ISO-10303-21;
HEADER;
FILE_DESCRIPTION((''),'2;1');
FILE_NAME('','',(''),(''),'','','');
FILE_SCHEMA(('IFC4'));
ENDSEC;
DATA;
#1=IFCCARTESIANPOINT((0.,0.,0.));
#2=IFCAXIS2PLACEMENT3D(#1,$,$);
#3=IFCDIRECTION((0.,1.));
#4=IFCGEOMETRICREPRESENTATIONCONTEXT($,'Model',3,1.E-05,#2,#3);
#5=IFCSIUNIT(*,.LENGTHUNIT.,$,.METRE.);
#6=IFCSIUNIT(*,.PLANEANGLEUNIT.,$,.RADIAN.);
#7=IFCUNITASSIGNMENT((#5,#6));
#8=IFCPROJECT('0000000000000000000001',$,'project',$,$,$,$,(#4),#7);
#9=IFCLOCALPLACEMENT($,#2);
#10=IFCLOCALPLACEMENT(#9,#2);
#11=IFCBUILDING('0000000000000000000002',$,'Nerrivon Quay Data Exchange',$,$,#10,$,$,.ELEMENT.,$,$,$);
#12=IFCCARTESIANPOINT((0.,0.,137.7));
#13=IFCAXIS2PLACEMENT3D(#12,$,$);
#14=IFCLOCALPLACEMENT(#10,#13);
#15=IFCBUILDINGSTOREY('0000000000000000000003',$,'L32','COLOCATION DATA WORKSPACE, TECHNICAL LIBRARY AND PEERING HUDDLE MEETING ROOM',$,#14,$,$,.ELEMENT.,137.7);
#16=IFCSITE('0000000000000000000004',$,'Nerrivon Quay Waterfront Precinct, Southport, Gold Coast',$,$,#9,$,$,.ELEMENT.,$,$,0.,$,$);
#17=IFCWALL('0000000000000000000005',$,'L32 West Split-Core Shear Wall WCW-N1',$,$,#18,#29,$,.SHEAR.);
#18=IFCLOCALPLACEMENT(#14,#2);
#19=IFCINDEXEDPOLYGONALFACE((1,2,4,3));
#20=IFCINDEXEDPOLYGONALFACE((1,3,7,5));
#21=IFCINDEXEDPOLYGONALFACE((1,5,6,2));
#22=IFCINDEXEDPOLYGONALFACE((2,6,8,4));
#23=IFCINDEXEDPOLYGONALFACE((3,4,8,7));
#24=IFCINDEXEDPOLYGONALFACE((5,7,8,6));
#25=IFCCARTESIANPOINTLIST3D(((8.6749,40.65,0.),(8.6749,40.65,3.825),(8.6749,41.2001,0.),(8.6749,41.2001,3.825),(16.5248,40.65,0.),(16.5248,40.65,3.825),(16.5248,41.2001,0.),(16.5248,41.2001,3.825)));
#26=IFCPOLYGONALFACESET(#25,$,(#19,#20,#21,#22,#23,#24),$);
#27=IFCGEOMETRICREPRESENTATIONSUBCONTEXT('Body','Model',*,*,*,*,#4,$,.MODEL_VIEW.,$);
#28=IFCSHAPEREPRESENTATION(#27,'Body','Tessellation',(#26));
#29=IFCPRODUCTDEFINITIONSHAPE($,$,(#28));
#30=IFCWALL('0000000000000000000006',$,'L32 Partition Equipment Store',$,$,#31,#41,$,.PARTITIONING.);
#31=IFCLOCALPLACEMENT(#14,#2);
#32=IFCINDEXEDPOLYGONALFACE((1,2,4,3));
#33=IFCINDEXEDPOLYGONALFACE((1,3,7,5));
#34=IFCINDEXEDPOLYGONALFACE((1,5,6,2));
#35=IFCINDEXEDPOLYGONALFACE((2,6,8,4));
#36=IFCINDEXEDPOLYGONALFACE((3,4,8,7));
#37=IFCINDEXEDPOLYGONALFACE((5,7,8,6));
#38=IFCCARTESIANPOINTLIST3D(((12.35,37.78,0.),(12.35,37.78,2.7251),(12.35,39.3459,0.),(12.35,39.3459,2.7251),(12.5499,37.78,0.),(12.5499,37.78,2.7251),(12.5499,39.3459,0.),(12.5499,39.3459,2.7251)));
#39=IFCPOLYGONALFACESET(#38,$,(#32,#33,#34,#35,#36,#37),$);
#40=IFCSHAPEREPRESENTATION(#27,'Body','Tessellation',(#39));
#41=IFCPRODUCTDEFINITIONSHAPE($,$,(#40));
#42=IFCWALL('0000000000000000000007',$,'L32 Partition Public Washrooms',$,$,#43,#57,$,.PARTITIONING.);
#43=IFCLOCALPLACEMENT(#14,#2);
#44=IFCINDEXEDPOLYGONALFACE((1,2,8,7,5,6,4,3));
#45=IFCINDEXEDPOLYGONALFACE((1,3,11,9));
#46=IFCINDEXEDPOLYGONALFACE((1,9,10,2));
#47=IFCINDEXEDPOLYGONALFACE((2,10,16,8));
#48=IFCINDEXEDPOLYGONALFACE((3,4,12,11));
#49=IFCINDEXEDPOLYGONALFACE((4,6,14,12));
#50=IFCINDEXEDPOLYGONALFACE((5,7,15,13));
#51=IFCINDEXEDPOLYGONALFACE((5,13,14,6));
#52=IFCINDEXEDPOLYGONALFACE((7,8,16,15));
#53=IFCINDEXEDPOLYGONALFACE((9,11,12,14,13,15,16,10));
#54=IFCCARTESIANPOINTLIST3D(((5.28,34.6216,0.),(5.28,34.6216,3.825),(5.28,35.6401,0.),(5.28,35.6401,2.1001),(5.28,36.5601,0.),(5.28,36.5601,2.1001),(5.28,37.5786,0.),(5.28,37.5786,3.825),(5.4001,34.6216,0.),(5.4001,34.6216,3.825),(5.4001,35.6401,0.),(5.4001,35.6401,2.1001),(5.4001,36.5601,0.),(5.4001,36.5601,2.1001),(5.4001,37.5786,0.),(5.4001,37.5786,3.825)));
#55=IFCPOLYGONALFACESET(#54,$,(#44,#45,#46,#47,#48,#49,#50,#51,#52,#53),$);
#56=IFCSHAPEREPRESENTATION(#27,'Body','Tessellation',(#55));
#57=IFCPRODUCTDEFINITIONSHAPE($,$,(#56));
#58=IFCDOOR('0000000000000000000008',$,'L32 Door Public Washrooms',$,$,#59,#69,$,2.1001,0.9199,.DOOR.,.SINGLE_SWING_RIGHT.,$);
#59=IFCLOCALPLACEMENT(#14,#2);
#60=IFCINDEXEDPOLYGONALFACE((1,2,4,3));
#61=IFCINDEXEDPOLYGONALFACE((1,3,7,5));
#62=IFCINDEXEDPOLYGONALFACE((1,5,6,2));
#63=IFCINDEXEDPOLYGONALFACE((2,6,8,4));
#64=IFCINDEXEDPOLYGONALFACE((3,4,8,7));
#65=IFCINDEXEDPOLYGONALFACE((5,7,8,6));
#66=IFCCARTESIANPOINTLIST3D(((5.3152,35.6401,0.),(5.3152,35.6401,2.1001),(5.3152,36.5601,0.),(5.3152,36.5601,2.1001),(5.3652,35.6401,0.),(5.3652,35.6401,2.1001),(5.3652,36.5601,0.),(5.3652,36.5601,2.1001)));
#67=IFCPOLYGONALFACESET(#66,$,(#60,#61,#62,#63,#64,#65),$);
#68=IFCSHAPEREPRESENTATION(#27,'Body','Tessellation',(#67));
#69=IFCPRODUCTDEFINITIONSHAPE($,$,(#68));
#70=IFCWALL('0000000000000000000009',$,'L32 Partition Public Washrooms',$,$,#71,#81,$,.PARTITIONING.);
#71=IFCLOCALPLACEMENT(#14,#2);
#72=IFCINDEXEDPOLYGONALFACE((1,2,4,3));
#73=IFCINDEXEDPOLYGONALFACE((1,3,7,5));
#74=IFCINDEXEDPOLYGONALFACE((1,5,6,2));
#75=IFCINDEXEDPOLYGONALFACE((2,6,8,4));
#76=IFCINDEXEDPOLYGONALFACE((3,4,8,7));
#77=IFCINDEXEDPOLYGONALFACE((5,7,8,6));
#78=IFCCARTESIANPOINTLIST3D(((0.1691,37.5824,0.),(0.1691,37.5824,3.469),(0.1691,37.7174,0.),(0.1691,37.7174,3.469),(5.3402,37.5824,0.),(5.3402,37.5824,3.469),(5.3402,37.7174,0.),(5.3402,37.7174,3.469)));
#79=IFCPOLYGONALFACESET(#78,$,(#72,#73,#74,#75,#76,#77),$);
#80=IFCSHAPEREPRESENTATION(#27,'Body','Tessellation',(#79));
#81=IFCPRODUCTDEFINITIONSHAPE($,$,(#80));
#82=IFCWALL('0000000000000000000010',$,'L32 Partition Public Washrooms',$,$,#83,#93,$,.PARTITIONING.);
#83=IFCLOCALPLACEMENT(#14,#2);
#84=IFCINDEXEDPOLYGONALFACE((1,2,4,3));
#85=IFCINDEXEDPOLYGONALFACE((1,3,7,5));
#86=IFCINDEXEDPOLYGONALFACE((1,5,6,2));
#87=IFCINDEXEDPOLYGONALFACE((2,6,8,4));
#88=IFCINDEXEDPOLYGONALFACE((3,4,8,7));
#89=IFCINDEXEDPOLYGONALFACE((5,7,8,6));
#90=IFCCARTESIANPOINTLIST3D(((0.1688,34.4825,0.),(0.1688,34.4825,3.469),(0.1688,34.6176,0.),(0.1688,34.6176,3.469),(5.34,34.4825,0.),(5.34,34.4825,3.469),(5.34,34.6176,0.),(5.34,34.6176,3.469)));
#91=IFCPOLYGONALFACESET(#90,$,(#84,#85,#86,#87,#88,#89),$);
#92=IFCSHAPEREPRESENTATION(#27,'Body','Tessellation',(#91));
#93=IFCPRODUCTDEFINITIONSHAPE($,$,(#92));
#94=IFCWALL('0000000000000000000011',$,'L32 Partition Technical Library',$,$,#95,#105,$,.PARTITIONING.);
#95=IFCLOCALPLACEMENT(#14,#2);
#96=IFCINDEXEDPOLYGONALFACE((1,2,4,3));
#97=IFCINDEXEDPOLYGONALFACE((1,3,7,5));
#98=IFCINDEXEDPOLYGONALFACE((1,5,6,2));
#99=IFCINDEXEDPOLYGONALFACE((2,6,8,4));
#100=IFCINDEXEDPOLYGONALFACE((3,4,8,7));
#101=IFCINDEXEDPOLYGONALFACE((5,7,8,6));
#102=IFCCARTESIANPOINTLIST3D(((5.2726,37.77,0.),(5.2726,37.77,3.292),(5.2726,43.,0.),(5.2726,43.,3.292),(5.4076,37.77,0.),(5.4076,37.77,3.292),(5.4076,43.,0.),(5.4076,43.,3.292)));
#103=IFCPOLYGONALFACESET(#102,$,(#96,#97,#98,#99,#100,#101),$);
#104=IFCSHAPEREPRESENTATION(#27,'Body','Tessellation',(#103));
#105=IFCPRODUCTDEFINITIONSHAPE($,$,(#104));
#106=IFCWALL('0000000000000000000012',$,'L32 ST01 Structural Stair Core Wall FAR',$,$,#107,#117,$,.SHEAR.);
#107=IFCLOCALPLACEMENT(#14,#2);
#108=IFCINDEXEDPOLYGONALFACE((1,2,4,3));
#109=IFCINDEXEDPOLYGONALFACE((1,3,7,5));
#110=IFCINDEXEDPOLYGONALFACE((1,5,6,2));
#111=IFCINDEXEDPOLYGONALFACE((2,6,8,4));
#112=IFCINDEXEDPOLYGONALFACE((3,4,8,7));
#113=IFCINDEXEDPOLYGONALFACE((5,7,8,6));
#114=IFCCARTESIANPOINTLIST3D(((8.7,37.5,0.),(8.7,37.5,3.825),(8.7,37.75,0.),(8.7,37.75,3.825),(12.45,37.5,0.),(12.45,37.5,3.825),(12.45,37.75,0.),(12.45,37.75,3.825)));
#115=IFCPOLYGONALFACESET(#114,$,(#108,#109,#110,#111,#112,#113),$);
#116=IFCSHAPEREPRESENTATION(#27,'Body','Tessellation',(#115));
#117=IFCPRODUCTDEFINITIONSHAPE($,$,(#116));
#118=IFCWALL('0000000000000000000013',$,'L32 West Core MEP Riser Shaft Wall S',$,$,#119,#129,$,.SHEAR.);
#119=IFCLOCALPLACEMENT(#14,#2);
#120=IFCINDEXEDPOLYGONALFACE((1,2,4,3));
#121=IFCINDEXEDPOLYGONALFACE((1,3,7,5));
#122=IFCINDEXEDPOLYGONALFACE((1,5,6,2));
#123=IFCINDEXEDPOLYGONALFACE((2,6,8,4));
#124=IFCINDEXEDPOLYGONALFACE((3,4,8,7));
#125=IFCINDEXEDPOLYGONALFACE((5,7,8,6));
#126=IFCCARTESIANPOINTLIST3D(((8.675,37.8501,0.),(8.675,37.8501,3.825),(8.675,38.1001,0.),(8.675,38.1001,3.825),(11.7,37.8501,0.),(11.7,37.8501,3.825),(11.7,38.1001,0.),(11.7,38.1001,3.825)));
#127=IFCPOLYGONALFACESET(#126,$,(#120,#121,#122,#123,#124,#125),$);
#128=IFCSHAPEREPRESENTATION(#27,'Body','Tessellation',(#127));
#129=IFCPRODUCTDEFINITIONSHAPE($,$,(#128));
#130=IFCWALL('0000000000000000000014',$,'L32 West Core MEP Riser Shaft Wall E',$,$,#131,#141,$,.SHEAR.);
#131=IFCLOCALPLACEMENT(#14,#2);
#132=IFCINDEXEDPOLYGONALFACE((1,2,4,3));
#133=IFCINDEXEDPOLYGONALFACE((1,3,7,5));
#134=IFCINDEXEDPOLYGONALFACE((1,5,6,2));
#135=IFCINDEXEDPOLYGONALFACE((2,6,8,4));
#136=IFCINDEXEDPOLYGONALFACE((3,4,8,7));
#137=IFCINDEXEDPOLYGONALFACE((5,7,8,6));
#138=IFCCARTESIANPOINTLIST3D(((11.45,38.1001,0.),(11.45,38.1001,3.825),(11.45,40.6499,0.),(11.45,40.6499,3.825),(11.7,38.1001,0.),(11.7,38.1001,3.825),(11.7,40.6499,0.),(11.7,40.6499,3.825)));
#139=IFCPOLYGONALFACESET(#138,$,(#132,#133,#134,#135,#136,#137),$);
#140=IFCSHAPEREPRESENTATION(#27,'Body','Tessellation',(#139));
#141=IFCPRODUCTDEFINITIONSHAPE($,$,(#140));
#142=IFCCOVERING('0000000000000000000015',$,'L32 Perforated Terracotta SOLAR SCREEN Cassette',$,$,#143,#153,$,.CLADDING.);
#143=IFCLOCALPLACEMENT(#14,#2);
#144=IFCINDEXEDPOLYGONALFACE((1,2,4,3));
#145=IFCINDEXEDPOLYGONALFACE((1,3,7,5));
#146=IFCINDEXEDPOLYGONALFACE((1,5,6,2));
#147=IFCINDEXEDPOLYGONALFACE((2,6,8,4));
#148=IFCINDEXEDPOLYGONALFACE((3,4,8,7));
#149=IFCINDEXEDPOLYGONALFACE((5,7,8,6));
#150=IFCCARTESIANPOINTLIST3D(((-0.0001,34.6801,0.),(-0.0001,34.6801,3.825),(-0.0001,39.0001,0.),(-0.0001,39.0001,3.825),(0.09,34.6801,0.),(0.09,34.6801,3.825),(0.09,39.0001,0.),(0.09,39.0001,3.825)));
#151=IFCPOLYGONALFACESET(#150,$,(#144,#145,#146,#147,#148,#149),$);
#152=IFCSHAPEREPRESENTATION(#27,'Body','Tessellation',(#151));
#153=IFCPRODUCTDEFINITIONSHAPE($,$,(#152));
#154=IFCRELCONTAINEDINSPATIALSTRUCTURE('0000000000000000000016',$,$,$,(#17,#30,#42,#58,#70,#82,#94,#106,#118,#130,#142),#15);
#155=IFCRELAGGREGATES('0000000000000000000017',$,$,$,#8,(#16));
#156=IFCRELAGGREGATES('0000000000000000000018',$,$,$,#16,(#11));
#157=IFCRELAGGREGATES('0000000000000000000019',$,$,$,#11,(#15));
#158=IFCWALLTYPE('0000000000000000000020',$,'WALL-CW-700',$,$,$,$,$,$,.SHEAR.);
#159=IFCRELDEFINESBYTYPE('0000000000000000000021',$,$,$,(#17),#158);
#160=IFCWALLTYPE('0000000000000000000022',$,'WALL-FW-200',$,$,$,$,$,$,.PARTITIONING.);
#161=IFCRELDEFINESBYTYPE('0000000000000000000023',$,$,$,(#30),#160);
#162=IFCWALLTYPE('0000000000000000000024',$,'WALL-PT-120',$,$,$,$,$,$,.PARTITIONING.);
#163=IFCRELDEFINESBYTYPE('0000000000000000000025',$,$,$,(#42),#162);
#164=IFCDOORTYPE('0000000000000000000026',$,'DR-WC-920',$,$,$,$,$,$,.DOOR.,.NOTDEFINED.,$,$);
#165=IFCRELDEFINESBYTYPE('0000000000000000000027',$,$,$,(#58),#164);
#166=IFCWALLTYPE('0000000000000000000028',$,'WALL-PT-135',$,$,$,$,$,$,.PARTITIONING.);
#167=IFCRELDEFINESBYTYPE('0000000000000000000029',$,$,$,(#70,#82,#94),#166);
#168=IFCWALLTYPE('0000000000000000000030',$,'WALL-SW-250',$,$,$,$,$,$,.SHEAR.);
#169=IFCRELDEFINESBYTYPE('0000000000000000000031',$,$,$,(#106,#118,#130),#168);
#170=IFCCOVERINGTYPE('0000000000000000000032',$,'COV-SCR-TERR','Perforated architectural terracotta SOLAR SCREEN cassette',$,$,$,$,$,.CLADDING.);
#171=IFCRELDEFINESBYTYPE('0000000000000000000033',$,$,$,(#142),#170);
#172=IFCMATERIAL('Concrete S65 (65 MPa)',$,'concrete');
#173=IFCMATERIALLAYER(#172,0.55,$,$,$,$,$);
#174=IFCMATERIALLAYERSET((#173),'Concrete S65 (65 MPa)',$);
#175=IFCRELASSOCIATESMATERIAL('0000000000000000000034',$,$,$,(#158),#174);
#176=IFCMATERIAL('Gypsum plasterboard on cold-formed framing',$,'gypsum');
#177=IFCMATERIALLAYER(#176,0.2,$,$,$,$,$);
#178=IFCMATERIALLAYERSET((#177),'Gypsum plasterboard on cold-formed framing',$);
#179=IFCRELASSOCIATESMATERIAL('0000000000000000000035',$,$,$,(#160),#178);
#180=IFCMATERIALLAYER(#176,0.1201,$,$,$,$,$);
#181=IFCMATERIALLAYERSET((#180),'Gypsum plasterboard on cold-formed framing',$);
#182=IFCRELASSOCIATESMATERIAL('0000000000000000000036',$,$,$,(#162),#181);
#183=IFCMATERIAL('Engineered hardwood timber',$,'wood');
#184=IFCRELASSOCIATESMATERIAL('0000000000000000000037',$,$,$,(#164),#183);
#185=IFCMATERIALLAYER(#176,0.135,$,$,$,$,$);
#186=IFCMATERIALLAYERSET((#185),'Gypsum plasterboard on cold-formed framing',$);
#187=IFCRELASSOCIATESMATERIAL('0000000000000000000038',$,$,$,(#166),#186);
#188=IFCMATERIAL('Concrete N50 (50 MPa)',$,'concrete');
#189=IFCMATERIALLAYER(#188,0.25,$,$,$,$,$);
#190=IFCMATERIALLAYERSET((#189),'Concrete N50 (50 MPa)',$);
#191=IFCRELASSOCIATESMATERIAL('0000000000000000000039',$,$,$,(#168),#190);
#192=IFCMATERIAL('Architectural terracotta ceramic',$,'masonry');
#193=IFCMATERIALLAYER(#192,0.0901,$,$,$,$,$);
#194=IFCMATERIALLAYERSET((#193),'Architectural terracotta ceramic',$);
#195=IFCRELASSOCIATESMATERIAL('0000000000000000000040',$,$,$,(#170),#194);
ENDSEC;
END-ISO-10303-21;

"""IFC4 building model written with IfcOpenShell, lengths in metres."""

from ifc_helpers import new_model, si_unit, direction, frame, frame_2d, origin, origin_2d, place, context, subcontext, project, spatial, rectangle, extrude, material, layer, layer_set, type_object, element, fill, save


model = new_model("IFC4")

# Units and contexts
model_context = context("Model", 3, precision=1e-05, world=origin(), true_north=direction((0.0, 1.0)))
body_context = subcontext(model_context, "Body", "Model", "MODEL_VIEW")
ifc_project = project(units=[si_unit("LENGTHUNIT", "METRE"), si_unit("PLANEANGLEUNIT", "RADIAN")], contexts=[model_context])

# Site, building, storey
site_placement = place(None, origin())
site = spatial("IfcSite", under=ifc_project, at=site_placement, Name="Nerrivon Quay Waterfront Precinct, Southport, Gold Coast", CompositionType="ELEMENT", RefElevation=0.0)
building_placement = place(site_placement, origin())
building = spatial("IfcBuilding", under=site, at=building_placement, Name="Nerrivon Quay Data Exchange", CompositionType="ELEMENT")
storey_placement = place(building_placement, frame((0.0, 0.0, 137.7)))
storey = spatial("IfcBuildingStorey", under=building, at=storey_placement, Name="L32", Description="COLOCATION DATA WORKSPACE, TECHNICAL LIBRARY AND PEERING HUDDLE MEETING ROOM", CompositionType="ELEMENT", Elevation=137.7)

# Shared definitions
ifc_material_1 = material(Name="Concrete S65 (65 MPa)", Category="concrete")

# Walls
ifc_layer_1 = layer(ifc_material_1, 0.55)
ifc_layer_set_1 = layer_set([ifc_layer_1], Name="Concrete S65 (65 MPa)")
wall_type_1 = type_object("IfcWallType", Name="WALL-CW-700", PredefinedType="SHEAR", material=ifc_layer_set_1)
wall_1_placement = place(storey_placement, frame((8.675, 40.925, 0.0), z_axis=(0.0, 0.0, 1.0), x_axis=(1.0, 0.0, 0.0)))
element("IfcWall", 1, at=wall_1_placement, inside=storey, type_object=wall_type_1, Name="L32 West Split-Core Shear Wall WCW-N1", PredefinedType="SHEAR", context=body_context, shape_type="SweptSolid", body=[
    extrude(rectangle(XDim=7.8499, YDim=0.55, at=frame_2d((3.9248, 0.0))), origin(), (0.0, 0.0, 1.0), 3.825),
])
ifc_material_2 = material(Name="Gypsum plasterboard on cold-formed framing", Category="gypsum")
ifc_layer_2 = layer(ifc_material_2, 0.2)
ifc_layer_set_2 = layer_set([ifc_layer_2], Name="Gypsum plasterboard on cold-formed framing")
wall_type_2 = type_object("IfcWallType", Name="WALL-FW-200", PredefinedType="PARTITIONING", material=ifc_layer_set_2)
wall_2_placement = place(storey_placement, frame((12.45, 39.3459, 0.0), z_axis=(0.0, 0.0, 1.0), x_axis=(0.0, -1.0, 0.0)))
element("IfcWall", 2, at=wall_2_placement, inside=storey, type_object=wall_type_2, Name="L32 Partition Equipment Store", PredefinedType="PARTITIONING", context=body_context, shape_type="SweptSolid", body=[
    extrude(rectangle(XDim=1.5659, YDim=0.2, at=frame_2d((0.783, 0.0))), origin(), (0.0, 0.0, 1.0), 2.7251),
])

# Wall, opening, door
ifc_layer_3 = layer(ifc_material_2, 0.1201)
ifc_layer_set_3 = layer_set([ifc_layer_3], Name="Gypsum plasterboard on cold-formed framing")
wall_type_3 = type_object("IfcWallType", Name="WALL-PT-120", PredefinedType="PARTITIONING", material=ifc_layer_set_3)
wall_3_placement = place(storey_placement, frame((5.3401, 34.6216, 0.0), z_axis=(0.0, 0.0, 1.0), x_axis=(0.0, 1.0, 0.0)))
wall_3 = element("IfcWall", 3, at=wall_3_placement, inside=storey, type_object=wall_type_3, Name="L32 Partition Public Washrooms", PredefinedType="PARTITIONING", context=body_context, shape_type="SweptSolid", body=[
    extrude(rectangle(XDim=2.957, YDim=0.1201, at=frame_2d((1.4785, 0.0))), origin(), (0.0, 0.0, 1.0), 3.825),
])
opening_1_placement = place(wall_3_placement, frame((1.0186, 0.0, 0.0)))
opening_1 = element("IfcOpeningElement", 4, at=opening_1_placement, cuts=wall_3, PredefinedType="OPENING", context=body_context, shape_type="SweptSolid", body=[
    extrude(rectangle(XDim=0.9199, YDim=2.1001, at=frame_2d((0.46, 1.05))), frame((0.0, 0.0701, 0.0), z_axis=(0.0, -1.0, 0.0), x_axis=(1.0, 0.0, 0.0)), (0.0, 0.0, 1.0), 0.1401),
])
ifc_material_3 = material(Name="Engineered hardwood timber", Category="wood")
door_type_1 = type_object("IfcDoorType", Name="DR-WC-920", OperationType="NOTDEFINED", PredefinedType="DOOR", material=ifc_material_3)
door_1_placement = place(opening_1_placement, origin())
door_1 = element("IfcDoor", 5, at=door_1_placement, inside=storey, type_object=door_type_1, Name="L32 Door Public Washrooms", OperationType="SINGLE_SWING_RIGHT", OverallHeight=2.1001, OverallWidth=0.9199, PredefinedType="DOOR", context=body_context, shape_type="SweptSolid", body=[
    extrude(rectangle(XDim=0.9199, YDim=2.1001, at=frame_2d((0.46, 1.05))), frame((0.0, 0.0249, 0.0), z_axis=(0.0, -1.0, 0.0), x_axis=(1.0, 0.0, 0.0)), (0.0, 0.0, 1.0), 0.05),
])
fill(opening_1, door_1)

# Walls
ifc_layer_4 = layer(ifc_material_2, 0.135)
ifc_layer_set_4 = layer_set([ifc_layer_4], Name="Gypsum plasterboard on cold-formed framing")
wall_type_4 = type_object("IfcWallType", Name="WALL-PT-135", PredefinedType="PARTITIONING", material=ifc_layer_set_4)
for number, where, z_axis, x_axis, name in (
    (6, (5.3401, 37.6499, 0.0), (0.0, 0.0, 1.0), (-1.0, 0.0, 0.0), "L32 Partition Public Washrooms"),
    (7, (0.1689, 34.55, 0.0), (0.0, 0.0, 1.0), (1.0, 0.0, 0.0), "L32 Partition Public Washrooms"),
):
    element("IfcWall", number, at=place(storey_placement, frame(where, z_axis=z_axis, x_axis=x_axis)), inside=storey, type_object=wall_type_4, Name=name, PredefinedType="PARTITIONING", context=body_context, shape_type="SweptSolid", body=[
        extrude(rectangle(XDim=5.1711, YDim=0.135, at=frame_2d((2.5854, 0.0))), origin(), (0.0, 0.0, 1.0), 3.469),
    ])
wall_4_placement = place(storey_placement, frame((5.3401, 37.77, 0.0), z_axis=(0.0, 0.0, 1.0), x_axis=(0.0, 1.0, 0.0)))
element("IfcWall", 8, at=wall_4_placement, inside=storey, type_object=wall_type_4, Name="L32 Partition Technical Library", PredefinedType="PARTITIONING", context=body_context, shape_type="SweptSolid", body=[
    extrude(rectangle(XDim=5.23, YDim=0.135, at=frame_2d((2.615, 0.0))), origin(), (0.0, 0.0, 1.0), 3.292),
])
ifc_material_4 = material(Name="Concrete N50 (50 MPa)", Category="concrete")
ifc_layer_5 = layer(ifc_material_4, 0.25)
ifc_layer_set_5 = layer_set([ifc_layer_5], Name="Concrete N50 (50 MPa)")
wall_type_5 = type_object("IfcWallType", Name="WALL-SW-250", PredefinedType="SHEAR", material=ifc_layer_set_5)
wall_5_placement = place(storey_placement, frame((12.45, 37.625, 0.0), z_axis=(0.0, 0.0, 1.0), x_axis=(-1.0, 0.0, 0.0)))
element("IfcWall", 9, at=wall_5_placement, inside=storey, type_object=wall_type_5, Name="L32 ST01 Structural Stair Core Wall FAR", PredefinedType="SHEAR", context=body_context, shape_type="SweptSolid", body=[
    extrude(rectangle(XDim=3.75, YDim=0.25, at=frame_2d((1.875, 0.0))), origin(), (0.0, 0.0, 1.0), 3.825),
])
wall_6_placement = place(storey_placement, frame((8.675, 37.9751, 0.0), z_axis=(0.0, 0.0, 1.0), x_axis=(1.0, 0.0, 0.0)))
element("IfcWall", 10, at=wall_6_placement, inside=storey, type_object=wall_type_5, Name="L32 West Core MEP Riser Shaft Wall S", PredefinedType="SHEAR", context=body_context, shape_type="SweptSolid", body=[
    extrude(rectangle(XDim=3.0249, YDim=0.25, at=frame_2d((1.5125, 0.0))), origin(), (0.0, 0.0, 1.0), 3.825),
])
wall_7_placement = place(storey_placement, frame((11.575, 38.1001, 0.0), z_axis=(0.0, 0.0, 1.0), x_axis=(0.0, 1.0, 0.0)))
element("IfcWall", 11, at=wall_7_placement, inside=storey, type_object=wall_type_5, Name="L32 West Core MEP Riser Shaft Wall E", PredefinedType="SHEAR", context=body_context, shape_type="SweptSolid", body=[
    extrude(rectangle(XDim=2.5498, YDim=0.25, at=frame_2d((1.2749, 0.0))), origin(), (0.0, 0.0, 1.0), 3.825),
])

# Covering
ifc_material_5 = material(Name="Architectural terracotta ceramic", Category="masonry")
ifc_layer_6 = layer(ifc_material_5, 0.0901)
ifc_layer_set_6 = layer_set([ifc_layer_6], Name="Architectural terracotta ceramic")
covering_type = type_object("IfcCoveringType", Name="COV-SCR-TERR", Description="Perforated architectural terracotta SOLAR SCREEN cassette", PredefinedType="CLADDING", material=ifc_layer_set_6)
covering_placement = place(storey_placement, frame((0.0449, 36.8401, 0.0), z_axis=(0.0, 0.0, 1.0), x_axis=(0.0, 1.0, 0.0)))
element("IfcCovering", 12, at=covering_placement, inside=storey, type_object=covering_type, Name="L32 Perforated Terracotta SOLAR SCREEN Cassette", PredefinedType="CLADDING", context=body_context, shape_type="SweptSolid", body=[
    extrude(rectangle(XDim=4.3201, YDim=0.0901, at=origin_2d()), origin(), (0.0, 0.0, 1.0), 3.825),
])

save(model, "model.ifc")
